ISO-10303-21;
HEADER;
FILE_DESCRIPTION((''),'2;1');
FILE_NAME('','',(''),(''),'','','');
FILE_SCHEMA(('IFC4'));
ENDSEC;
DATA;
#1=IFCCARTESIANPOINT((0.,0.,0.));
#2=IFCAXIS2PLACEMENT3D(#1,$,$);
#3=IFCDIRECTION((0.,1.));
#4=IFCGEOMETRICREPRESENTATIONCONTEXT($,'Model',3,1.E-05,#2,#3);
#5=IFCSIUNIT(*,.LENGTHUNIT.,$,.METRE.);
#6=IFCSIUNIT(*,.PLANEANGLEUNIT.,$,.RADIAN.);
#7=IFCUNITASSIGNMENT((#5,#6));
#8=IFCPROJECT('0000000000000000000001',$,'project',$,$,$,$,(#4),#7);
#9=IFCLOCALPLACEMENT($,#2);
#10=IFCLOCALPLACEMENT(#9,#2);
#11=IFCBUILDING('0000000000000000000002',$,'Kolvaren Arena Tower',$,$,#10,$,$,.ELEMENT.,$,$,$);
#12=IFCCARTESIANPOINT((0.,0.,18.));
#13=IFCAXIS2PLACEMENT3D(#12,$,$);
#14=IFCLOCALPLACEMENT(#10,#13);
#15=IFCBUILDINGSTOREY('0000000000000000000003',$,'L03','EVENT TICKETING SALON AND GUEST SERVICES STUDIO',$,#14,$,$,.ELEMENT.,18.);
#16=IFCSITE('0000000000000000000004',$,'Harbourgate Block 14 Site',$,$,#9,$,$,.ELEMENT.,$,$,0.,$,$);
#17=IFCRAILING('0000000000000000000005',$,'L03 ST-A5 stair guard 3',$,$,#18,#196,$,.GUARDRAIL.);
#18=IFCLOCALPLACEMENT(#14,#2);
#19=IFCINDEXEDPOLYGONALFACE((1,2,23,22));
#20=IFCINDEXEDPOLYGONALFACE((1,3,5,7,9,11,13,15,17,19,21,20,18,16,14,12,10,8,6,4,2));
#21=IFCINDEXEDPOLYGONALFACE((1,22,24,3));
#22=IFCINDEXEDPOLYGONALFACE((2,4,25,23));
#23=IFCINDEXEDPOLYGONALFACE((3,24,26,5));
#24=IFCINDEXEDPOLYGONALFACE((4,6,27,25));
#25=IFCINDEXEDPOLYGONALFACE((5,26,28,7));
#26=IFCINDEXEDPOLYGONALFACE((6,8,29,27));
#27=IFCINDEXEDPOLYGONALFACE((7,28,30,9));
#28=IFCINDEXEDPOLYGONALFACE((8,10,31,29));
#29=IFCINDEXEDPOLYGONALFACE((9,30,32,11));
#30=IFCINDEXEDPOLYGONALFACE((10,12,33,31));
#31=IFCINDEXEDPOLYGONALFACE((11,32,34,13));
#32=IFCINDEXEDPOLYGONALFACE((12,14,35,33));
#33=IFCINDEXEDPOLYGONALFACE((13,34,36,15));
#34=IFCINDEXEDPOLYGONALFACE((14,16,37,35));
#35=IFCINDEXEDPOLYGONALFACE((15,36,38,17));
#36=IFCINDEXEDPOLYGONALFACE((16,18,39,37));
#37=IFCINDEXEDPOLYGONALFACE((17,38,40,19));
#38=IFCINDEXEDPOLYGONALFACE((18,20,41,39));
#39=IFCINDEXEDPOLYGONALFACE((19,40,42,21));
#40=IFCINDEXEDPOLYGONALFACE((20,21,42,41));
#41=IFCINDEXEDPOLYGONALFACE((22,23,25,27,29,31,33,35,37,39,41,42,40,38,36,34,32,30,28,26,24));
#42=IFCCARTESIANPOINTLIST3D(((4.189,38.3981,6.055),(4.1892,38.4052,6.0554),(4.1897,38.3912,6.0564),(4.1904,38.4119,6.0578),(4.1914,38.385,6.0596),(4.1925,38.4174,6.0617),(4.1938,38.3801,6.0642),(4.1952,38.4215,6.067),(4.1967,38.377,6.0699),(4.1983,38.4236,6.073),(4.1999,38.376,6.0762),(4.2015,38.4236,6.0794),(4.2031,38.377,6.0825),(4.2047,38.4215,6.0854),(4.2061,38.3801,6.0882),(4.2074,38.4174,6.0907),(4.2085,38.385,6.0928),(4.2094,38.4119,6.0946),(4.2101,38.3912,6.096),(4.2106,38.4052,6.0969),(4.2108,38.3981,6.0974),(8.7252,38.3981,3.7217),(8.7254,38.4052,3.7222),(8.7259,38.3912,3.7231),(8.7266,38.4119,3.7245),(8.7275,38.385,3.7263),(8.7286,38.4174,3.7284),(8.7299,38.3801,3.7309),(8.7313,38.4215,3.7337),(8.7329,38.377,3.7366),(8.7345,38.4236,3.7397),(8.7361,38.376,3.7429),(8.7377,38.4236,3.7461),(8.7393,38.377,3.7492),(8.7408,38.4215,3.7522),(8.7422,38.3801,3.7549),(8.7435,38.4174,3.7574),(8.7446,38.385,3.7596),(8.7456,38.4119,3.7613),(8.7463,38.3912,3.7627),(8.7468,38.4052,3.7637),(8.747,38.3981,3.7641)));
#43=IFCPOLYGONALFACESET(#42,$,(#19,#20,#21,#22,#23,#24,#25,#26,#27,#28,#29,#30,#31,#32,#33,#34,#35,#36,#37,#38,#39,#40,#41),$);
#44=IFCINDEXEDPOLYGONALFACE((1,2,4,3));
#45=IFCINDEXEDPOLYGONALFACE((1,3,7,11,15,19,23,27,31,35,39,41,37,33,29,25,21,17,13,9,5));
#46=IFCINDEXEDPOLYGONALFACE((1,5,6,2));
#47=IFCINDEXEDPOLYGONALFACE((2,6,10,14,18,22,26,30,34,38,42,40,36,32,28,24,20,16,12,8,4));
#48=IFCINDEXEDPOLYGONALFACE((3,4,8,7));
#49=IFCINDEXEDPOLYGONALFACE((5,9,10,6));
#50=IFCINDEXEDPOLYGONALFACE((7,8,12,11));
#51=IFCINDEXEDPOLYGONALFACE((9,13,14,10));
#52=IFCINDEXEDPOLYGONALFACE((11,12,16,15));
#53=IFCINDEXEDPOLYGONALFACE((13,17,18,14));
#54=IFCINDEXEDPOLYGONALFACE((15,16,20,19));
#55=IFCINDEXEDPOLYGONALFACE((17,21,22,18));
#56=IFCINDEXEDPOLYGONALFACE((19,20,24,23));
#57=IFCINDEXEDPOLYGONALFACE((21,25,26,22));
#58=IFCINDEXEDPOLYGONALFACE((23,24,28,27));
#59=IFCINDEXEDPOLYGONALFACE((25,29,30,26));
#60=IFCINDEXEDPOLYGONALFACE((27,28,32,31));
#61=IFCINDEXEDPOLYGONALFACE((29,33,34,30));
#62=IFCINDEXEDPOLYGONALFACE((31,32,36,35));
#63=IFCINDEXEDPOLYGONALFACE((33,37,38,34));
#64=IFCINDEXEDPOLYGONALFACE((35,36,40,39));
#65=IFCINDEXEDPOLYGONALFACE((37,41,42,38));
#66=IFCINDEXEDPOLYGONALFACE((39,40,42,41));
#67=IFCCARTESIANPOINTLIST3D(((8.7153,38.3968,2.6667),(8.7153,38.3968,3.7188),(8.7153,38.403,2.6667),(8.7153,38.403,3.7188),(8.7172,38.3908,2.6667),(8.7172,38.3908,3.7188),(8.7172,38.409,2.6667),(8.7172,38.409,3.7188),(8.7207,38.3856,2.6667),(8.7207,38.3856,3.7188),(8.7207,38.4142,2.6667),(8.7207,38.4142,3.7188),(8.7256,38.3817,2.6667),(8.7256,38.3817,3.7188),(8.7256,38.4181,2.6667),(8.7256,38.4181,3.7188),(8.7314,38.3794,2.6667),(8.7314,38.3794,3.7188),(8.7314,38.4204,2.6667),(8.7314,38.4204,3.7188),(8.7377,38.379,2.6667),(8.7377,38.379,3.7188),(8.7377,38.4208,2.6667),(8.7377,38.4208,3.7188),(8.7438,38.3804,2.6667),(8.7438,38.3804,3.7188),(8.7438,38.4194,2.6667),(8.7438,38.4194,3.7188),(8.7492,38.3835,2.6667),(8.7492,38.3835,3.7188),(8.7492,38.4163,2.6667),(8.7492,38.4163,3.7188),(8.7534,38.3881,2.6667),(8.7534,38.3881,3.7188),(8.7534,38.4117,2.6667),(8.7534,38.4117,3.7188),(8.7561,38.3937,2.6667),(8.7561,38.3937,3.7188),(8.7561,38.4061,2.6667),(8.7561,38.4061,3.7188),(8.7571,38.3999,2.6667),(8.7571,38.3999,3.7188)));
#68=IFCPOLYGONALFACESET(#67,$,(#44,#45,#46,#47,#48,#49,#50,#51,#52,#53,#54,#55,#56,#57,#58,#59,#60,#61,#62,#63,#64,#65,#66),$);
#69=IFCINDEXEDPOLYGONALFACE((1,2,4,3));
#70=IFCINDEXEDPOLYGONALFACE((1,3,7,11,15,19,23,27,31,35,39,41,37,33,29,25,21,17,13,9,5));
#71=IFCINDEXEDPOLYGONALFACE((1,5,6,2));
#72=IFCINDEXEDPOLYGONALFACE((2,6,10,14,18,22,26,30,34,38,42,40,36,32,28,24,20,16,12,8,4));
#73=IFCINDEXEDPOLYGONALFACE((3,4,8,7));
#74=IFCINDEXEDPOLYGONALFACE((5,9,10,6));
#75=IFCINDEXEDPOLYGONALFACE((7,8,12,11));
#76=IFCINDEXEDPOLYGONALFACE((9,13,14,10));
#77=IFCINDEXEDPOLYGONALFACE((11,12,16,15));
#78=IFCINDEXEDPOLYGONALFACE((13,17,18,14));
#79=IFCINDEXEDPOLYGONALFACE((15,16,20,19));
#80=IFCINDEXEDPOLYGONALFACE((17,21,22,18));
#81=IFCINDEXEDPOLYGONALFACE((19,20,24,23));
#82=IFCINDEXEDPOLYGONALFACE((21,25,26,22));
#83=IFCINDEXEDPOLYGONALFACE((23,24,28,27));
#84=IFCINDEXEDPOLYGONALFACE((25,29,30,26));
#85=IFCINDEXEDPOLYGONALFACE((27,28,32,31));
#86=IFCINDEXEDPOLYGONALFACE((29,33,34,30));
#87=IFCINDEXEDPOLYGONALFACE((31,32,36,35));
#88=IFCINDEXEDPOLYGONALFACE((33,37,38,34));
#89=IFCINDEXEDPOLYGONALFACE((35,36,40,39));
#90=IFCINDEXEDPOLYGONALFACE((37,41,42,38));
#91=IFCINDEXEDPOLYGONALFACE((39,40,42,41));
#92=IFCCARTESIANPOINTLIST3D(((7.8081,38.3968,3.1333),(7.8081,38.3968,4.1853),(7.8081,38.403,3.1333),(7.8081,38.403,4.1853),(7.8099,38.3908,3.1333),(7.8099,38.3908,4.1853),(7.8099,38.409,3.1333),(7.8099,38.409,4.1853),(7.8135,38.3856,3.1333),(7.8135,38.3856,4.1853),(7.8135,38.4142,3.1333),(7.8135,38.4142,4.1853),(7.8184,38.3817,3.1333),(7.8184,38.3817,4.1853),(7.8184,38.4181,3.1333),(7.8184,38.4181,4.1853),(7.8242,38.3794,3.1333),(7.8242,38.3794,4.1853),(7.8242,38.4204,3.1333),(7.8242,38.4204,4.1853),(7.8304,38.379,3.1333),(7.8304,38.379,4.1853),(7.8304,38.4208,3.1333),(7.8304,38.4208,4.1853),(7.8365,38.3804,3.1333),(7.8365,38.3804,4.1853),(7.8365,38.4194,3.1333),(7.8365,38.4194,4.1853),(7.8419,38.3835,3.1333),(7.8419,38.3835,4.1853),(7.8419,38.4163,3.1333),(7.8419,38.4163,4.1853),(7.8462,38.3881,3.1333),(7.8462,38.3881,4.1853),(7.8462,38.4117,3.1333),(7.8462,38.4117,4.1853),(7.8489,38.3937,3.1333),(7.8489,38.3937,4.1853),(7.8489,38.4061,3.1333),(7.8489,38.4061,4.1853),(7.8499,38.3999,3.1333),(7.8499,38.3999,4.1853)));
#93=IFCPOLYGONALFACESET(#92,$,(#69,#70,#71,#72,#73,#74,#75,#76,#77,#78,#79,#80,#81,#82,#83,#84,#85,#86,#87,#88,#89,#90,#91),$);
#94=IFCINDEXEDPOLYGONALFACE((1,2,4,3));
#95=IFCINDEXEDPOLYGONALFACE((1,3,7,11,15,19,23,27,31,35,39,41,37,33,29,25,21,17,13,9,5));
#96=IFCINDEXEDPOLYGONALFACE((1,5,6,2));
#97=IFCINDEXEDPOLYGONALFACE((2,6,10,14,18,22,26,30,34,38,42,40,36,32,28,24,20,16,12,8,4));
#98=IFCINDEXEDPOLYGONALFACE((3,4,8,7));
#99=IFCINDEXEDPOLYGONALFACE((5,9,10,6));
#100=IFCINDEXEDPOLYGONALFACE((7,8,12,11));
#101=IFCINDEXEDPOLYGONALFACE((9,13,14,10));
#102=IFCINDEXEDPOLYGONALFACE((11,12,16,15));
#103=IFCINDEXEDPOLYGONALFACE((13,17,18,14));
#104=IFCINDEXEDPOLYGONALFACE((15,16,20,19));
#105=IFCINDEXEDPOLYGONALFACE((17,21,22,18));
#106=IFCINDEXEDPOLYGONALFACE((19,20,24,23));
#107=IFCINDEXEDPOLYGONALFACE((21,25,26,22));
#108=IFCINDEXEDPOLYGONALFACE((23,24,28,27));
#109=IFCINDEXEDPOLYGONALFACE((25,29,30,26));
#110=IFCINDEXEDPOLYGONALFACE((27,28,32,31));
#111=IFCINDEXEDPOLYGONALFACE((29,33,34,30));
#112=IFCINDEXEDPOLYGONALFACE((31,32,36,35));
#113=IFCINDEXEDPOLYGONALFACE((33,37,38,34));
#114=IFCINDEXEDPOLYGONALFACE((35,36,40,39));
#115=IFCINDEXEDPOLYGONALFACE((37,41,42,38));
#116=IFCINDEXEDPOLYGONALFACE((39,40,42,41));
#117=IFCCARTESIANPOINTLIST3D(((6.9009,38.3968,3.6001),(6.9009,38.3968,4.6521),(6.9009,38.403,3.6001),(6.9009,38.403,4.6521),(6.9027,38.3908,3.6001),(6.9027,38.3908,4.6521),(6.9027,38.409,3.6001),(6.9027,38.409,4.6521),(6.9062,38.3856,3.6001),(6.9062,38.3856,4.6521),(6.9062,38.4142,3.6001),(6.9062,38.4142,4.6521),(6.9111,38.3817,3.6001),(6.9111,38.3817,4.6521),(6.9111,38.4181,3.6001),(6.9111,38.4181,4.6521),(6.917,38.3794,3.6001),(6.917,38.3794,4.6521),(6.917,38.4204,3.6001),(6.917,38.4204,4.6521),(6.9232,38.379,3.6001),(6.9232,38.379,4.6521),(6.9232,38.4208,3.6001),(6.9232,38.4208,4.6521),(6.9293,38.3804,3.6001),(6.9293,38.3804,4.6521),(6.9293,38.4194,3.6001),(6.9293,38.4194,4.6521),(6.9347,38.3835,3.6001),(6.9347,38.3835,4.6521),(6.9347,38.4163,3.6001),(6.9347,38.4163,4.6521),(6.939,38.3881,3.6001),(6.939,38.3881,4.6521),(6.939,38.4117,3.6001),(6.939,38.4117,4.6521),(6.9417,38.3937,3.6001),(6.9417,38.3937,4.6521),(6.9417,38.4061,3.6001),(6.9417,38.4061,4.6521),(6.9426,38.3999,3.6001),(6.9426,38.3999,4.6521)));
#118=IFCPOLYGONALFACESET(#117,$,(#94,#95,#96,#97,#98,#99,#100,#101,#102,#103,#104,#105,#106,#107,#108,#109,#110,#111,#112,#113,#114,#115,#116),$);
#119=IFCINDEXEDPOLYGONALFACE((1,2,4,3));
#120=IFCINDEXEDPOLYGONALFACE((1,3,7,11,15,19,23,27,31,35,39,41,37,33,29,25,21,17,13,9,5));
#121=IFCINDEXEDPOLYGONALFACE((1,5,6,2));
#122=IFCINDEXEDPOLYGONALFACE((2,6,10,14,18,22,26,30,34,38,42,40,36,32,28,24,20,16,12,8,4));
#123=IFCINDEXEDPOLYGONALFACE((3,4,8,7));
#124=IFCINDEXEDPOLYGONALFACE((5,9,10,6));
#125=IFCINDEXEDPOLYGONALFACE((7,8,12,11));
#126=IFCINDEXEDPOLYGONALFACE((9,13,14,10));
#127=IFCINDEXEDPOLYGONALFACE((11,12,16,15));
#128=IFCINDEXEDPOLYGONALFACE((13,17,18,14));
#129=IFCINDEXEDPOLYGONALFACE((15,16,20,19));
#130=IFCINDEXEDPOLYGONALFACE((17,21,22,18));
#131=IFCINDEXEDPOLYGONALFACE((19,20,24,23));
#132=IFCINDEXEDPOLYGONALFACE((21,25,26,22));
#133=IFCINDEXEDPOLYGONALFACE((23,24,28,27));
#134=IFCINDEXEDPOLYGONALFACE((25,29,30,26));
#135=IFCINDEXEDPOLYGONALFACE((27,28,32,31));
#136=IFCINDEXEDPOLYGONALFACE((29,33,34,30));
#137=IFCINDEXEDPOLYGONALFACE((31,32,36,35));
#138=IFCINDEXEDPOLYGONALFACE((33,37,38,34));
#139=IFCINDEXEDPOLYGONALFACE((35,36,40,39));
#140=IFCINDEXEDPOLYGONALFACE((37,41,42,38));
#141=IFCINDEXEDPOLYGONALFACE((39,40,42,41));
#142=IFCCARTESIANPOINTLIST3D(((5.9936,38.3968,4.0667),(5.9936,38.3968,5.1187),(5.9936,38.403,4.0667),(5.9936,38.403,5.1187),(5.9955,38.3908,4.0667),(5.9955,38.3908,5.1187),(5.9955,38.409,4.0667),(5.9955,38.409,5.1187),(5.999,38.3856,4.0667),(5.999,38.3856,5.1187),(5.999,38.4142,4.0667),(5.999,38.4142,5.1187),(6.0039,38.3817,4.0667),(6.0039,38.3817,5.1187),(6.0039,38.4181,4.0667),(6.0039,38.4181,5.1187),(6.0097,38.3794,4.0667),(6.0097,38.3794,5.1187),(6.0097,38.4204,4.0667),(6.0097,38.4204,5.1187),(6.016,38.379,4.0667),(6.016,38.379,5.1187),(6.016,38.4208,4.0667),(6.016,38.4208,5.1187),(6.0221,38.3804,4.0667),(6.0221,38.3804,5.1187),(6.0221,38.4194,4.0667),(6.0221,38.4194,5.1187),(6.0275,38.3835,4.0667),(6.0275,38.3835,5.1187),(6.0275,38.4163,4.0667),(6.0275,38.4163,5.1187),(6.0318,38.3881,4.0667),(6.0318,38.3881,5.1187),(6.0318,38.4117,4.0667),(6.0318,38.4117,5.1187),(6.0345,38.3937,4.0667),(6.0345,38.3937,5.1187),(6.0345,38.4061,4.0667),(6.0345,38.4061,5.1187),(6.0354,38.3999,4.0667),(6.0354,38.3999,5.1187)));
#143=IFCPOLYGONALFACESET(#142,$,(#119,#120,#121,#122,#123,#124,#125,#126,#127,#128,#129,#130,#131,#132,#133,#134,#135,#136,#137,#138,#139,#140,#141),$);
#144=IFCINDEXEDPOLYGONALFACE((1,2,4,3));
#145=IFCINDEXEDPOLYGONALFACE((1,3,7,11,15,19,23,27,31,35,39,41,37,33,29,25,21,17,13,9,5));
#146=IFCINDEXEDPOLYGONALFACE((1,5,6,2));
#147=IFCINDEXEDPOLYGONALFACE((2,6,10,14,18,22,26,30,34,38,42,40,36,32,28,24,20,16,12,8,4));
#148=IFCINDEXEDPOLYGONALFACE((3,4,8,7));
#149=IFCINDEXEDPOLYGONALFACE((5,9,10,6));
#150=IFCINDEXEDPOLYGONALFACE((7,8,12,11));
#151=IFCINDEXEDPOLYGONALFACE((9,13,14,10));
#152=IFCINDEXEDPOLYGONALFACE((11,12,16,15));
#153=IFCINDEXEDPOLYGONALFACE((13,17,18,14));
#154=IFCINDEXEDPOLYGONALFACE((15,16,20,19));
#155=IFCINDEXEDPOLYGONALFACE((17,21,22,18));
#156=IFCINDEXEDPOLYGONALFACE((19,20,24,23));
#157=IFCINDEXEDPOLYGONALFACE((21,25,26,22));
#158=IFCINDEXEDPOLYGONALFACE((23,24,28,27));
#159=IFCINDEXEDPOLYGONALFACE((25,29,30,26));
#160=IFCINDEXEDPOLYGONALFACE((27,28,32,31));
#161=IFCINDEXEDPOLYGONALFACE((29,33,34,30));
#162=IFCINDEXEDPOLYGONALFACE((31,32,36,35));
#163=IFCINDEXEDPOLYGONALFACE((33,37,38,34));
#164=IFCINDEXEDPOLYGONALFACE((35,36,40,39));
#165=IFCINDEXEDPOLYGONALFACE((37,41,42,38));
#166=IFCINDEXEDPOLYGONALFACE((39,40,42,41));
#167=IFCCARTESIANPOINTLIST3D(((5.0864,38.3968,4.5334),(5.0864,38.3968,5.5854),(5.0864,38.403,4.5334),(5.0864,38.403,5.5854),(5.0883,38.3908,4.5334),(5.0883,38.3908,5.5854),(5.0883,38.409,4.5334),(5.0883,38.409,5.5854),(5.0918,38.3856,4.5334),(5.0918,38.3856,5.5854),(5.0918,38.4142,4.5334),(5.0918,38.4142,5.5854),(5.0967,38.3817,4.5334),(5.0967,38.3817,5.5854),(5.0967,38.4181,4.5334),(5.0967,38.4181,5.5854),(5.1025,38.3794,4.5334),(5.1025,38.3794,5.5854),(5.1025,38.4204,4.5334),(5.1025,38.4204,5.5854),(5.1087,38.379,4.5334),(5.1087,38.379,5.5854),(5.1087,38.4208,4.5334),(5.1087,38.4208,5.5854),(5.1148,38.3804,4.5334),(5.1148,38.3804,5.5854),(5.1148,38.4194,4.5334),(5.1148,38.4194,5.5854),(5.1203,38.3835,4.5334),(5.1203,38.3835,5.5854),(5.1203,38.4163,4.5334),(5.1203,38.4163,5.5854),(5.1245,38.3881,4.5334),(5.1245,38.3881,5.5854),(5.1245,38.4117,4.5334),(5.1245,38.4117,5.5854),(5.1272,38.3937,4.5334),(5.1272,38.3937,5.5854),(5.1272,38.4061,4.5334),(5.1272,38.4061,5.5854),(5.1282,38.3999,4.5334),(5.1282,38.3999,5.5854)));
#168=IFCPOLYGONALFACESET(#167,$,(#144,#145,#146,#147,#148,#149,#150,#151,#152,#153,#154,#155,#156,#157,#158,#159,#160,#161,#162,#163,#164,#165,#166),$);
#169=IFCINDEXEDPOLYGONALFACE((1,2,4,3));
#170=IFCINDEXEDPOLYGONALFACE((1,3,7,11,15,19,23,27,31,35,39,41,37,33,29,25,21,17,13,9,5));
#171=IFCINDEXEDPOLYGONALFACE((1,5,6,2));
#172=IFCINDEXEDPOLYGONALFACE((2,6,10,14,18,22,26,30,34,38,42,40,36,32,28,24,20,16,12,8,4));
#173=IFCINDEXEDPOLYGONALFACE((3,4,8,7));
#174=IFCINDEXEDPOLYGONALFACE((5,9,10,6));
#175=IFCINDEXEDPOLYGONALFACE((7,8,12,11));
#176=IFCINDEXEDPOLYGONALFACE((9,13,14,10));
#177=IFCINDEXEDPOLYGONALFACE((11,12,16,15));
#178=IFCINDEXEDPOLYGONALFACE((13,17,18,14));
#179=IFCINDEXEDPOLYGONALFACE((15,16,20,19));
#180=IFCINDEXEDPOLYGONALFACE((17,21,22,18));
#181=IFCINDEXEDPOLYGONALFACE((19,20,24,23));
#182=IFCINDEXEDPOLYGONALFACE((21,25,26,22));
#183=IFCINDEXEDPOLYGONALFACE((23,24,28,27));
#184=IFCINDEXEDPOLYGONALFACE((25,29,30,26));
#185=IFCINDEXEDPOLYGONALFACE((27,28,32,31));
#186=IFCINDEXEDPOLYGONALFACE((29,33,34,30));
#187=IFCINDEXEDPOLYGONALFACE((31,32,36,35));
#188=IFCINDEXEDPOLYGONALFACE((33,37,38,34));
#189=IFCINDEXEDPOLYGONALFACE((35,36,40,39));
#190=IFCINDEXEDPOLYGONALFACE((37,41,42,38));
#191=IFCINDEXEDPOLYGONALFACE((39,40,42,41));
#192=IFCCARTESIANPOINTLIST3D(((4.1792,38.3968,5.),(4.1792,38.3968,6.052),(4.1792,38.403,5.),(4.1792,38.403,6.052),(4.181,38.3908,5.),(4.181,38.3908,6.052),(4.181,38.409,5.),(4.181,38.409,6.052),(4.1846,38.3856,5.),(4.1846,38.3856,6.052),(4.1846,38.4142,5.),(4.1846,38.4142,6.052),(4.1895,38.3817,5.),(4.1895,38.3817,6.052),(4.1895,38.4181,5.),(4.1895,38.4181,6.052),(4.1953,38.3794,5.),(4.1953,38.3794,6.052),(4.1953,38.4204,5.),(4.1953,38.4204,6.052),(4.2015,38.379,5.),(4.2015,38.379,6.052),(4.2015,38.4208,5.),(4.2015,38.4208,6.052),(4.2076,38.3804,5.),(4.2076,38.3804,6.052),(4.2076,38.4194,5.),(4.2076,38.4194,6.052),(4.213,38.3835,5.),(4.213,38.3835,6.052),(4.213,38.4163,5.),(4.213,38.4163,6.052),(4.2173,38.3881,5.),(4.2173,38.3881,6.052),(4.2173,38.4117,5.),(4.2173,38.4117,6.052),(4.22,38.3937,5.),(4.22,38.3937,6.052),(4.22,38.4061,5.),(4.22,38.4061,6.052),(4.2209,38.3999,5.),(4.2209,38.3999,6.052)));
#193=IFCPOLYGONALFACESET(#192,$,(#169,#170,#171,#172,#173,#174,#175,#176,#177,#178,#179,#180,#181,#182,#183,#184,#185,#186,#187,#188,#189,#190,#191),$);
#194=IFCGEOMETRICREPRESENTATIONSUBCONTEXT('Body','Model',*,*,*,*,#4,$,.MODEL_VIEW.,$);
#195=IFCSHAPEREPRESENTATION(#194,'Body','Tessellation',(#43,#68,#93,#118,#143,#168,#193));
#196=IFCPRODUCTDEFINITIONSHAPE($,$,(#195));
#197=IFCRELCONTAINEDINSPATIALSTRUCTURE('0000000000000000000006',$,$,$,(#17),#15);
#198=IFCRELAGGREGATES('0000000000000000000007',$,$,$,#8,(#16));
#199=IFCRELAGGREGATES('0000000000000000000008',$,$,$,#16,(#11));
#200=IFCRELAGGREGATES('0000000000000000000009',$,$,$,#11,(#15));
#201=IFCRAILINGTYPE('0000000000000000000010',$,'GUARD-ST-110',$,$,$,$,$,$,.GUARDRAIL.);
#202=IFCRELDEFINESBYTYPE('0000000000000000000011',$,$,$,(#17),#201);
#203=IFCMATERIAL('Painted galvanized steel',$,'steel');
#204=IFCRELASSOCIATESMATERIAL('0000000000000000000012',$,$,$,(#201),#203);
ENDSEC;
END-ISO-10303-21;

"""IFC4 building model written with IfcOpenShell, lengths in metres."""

from ifc_helpers import new_model, si_unit, direction, frame, origin, origin_2d, place, context, subcontext, project, spatial, circle, extrude, material, type_object, element, save


model = new_model("IFC4")

# Units and contexts
model_context = context("Model", 3, precision=1e-05, world=origin(), true_north=direction((0.0, 1.0)))
body_context = subcontext(model_context, "Body", "Model", "MODEL_VIEW")
ifc_project = project(units=[si_unit("LENGTHUNIT", "METRE"), si_unit("PLANEANGLEUNIT", "RADIAN")], contexts=[model_context])

# Site, building, storey
site_placement = place(None, origin())
site = spatial("IfcSite", under=ifc_project, at=site_placement, Name="Harbourgate Block 14 Site", CompositionType="ELEMENT", RefElevation=0.0)
building_placement = place(site_placement, origin())
building = spatial("IfcBuilding", under=site, at=building_placement, Name="Kolvaren Arena Tower", CompositionType="ELEMENT")
storey_placement = place(building_placement, frame((0.0, 0.0, 18.0)))
storey = spatial("IfcBuildingStorey", under=building, at=storey_placement, Name="L03", Description="EVENT TICKETING SALON AND GUEST SERVICES STUDIO", CompositionType="ELEMENT", Elevation=18.0)

# Railing
ifc_material_1 = material(Name="Painted galvanized steel", Category="steel")
railing_type_1 = type_object("IfcRailingType", Name="GUARD-ST-110", PredefinedType="GUARDRAIL", material=ifc_material_1)
railing_1_placement = place(storey_placement, frame((8.7361, 38.3999, 2.6667)))
element("IfcRailing", 1, at=railing_1_placement, inside=storey, type_object=railing_type_1, Name="L03 ST-A5 stair guard 3", PredefinedType="GUARDRAIL", context=body_context, shape_type="SweptSolid", body=[
    extrude(circle(Radius=0.0239, at=origin_2d()), frame((0.0, 0.0, 1.0762), z_axis=(-0.889257, 0.0, 0.457407), x_axis=(0.0, -1.0, 0.0)), (0.0, 0.0, 1.0), 5.1011),
    extrude(circle(Radius=0.021, at=origin_2d()), origin(), (0.0, 0.0, 1.0), 1.052),
    extrude(circle(Radius=0.021, at=origin_2d()), frame((-0.9072, 0.0, 0.4666)), (0.0, 0.0, 1.0), 1.052),
    extrude(circle(Radius=0.021, at=origin_2d()), frame((-1.8145, 0.0, 0.9333)), (0.0, 0.0, 1.0), 1.052),
    extrude(circle(Radius=0.021, at=origin_2d()), frame((-2.7217, 0.0, 1.3999)), (0.0, 0.0, 1.0), 1.052),
    extrude(circle(Radius=0.021, at=origin_2d()), frame((-3.6289, 0.0, 1.8667)), (0.0, 0.0, 1.0), 1.052),
    extrude(circle(Radius=0.021, at=origin_2d()), frame((-4.5361, 0.0, 2.3333)), (0.0, 0.0, 1.0), 1.052),
])

save(model, "model.ifc")
